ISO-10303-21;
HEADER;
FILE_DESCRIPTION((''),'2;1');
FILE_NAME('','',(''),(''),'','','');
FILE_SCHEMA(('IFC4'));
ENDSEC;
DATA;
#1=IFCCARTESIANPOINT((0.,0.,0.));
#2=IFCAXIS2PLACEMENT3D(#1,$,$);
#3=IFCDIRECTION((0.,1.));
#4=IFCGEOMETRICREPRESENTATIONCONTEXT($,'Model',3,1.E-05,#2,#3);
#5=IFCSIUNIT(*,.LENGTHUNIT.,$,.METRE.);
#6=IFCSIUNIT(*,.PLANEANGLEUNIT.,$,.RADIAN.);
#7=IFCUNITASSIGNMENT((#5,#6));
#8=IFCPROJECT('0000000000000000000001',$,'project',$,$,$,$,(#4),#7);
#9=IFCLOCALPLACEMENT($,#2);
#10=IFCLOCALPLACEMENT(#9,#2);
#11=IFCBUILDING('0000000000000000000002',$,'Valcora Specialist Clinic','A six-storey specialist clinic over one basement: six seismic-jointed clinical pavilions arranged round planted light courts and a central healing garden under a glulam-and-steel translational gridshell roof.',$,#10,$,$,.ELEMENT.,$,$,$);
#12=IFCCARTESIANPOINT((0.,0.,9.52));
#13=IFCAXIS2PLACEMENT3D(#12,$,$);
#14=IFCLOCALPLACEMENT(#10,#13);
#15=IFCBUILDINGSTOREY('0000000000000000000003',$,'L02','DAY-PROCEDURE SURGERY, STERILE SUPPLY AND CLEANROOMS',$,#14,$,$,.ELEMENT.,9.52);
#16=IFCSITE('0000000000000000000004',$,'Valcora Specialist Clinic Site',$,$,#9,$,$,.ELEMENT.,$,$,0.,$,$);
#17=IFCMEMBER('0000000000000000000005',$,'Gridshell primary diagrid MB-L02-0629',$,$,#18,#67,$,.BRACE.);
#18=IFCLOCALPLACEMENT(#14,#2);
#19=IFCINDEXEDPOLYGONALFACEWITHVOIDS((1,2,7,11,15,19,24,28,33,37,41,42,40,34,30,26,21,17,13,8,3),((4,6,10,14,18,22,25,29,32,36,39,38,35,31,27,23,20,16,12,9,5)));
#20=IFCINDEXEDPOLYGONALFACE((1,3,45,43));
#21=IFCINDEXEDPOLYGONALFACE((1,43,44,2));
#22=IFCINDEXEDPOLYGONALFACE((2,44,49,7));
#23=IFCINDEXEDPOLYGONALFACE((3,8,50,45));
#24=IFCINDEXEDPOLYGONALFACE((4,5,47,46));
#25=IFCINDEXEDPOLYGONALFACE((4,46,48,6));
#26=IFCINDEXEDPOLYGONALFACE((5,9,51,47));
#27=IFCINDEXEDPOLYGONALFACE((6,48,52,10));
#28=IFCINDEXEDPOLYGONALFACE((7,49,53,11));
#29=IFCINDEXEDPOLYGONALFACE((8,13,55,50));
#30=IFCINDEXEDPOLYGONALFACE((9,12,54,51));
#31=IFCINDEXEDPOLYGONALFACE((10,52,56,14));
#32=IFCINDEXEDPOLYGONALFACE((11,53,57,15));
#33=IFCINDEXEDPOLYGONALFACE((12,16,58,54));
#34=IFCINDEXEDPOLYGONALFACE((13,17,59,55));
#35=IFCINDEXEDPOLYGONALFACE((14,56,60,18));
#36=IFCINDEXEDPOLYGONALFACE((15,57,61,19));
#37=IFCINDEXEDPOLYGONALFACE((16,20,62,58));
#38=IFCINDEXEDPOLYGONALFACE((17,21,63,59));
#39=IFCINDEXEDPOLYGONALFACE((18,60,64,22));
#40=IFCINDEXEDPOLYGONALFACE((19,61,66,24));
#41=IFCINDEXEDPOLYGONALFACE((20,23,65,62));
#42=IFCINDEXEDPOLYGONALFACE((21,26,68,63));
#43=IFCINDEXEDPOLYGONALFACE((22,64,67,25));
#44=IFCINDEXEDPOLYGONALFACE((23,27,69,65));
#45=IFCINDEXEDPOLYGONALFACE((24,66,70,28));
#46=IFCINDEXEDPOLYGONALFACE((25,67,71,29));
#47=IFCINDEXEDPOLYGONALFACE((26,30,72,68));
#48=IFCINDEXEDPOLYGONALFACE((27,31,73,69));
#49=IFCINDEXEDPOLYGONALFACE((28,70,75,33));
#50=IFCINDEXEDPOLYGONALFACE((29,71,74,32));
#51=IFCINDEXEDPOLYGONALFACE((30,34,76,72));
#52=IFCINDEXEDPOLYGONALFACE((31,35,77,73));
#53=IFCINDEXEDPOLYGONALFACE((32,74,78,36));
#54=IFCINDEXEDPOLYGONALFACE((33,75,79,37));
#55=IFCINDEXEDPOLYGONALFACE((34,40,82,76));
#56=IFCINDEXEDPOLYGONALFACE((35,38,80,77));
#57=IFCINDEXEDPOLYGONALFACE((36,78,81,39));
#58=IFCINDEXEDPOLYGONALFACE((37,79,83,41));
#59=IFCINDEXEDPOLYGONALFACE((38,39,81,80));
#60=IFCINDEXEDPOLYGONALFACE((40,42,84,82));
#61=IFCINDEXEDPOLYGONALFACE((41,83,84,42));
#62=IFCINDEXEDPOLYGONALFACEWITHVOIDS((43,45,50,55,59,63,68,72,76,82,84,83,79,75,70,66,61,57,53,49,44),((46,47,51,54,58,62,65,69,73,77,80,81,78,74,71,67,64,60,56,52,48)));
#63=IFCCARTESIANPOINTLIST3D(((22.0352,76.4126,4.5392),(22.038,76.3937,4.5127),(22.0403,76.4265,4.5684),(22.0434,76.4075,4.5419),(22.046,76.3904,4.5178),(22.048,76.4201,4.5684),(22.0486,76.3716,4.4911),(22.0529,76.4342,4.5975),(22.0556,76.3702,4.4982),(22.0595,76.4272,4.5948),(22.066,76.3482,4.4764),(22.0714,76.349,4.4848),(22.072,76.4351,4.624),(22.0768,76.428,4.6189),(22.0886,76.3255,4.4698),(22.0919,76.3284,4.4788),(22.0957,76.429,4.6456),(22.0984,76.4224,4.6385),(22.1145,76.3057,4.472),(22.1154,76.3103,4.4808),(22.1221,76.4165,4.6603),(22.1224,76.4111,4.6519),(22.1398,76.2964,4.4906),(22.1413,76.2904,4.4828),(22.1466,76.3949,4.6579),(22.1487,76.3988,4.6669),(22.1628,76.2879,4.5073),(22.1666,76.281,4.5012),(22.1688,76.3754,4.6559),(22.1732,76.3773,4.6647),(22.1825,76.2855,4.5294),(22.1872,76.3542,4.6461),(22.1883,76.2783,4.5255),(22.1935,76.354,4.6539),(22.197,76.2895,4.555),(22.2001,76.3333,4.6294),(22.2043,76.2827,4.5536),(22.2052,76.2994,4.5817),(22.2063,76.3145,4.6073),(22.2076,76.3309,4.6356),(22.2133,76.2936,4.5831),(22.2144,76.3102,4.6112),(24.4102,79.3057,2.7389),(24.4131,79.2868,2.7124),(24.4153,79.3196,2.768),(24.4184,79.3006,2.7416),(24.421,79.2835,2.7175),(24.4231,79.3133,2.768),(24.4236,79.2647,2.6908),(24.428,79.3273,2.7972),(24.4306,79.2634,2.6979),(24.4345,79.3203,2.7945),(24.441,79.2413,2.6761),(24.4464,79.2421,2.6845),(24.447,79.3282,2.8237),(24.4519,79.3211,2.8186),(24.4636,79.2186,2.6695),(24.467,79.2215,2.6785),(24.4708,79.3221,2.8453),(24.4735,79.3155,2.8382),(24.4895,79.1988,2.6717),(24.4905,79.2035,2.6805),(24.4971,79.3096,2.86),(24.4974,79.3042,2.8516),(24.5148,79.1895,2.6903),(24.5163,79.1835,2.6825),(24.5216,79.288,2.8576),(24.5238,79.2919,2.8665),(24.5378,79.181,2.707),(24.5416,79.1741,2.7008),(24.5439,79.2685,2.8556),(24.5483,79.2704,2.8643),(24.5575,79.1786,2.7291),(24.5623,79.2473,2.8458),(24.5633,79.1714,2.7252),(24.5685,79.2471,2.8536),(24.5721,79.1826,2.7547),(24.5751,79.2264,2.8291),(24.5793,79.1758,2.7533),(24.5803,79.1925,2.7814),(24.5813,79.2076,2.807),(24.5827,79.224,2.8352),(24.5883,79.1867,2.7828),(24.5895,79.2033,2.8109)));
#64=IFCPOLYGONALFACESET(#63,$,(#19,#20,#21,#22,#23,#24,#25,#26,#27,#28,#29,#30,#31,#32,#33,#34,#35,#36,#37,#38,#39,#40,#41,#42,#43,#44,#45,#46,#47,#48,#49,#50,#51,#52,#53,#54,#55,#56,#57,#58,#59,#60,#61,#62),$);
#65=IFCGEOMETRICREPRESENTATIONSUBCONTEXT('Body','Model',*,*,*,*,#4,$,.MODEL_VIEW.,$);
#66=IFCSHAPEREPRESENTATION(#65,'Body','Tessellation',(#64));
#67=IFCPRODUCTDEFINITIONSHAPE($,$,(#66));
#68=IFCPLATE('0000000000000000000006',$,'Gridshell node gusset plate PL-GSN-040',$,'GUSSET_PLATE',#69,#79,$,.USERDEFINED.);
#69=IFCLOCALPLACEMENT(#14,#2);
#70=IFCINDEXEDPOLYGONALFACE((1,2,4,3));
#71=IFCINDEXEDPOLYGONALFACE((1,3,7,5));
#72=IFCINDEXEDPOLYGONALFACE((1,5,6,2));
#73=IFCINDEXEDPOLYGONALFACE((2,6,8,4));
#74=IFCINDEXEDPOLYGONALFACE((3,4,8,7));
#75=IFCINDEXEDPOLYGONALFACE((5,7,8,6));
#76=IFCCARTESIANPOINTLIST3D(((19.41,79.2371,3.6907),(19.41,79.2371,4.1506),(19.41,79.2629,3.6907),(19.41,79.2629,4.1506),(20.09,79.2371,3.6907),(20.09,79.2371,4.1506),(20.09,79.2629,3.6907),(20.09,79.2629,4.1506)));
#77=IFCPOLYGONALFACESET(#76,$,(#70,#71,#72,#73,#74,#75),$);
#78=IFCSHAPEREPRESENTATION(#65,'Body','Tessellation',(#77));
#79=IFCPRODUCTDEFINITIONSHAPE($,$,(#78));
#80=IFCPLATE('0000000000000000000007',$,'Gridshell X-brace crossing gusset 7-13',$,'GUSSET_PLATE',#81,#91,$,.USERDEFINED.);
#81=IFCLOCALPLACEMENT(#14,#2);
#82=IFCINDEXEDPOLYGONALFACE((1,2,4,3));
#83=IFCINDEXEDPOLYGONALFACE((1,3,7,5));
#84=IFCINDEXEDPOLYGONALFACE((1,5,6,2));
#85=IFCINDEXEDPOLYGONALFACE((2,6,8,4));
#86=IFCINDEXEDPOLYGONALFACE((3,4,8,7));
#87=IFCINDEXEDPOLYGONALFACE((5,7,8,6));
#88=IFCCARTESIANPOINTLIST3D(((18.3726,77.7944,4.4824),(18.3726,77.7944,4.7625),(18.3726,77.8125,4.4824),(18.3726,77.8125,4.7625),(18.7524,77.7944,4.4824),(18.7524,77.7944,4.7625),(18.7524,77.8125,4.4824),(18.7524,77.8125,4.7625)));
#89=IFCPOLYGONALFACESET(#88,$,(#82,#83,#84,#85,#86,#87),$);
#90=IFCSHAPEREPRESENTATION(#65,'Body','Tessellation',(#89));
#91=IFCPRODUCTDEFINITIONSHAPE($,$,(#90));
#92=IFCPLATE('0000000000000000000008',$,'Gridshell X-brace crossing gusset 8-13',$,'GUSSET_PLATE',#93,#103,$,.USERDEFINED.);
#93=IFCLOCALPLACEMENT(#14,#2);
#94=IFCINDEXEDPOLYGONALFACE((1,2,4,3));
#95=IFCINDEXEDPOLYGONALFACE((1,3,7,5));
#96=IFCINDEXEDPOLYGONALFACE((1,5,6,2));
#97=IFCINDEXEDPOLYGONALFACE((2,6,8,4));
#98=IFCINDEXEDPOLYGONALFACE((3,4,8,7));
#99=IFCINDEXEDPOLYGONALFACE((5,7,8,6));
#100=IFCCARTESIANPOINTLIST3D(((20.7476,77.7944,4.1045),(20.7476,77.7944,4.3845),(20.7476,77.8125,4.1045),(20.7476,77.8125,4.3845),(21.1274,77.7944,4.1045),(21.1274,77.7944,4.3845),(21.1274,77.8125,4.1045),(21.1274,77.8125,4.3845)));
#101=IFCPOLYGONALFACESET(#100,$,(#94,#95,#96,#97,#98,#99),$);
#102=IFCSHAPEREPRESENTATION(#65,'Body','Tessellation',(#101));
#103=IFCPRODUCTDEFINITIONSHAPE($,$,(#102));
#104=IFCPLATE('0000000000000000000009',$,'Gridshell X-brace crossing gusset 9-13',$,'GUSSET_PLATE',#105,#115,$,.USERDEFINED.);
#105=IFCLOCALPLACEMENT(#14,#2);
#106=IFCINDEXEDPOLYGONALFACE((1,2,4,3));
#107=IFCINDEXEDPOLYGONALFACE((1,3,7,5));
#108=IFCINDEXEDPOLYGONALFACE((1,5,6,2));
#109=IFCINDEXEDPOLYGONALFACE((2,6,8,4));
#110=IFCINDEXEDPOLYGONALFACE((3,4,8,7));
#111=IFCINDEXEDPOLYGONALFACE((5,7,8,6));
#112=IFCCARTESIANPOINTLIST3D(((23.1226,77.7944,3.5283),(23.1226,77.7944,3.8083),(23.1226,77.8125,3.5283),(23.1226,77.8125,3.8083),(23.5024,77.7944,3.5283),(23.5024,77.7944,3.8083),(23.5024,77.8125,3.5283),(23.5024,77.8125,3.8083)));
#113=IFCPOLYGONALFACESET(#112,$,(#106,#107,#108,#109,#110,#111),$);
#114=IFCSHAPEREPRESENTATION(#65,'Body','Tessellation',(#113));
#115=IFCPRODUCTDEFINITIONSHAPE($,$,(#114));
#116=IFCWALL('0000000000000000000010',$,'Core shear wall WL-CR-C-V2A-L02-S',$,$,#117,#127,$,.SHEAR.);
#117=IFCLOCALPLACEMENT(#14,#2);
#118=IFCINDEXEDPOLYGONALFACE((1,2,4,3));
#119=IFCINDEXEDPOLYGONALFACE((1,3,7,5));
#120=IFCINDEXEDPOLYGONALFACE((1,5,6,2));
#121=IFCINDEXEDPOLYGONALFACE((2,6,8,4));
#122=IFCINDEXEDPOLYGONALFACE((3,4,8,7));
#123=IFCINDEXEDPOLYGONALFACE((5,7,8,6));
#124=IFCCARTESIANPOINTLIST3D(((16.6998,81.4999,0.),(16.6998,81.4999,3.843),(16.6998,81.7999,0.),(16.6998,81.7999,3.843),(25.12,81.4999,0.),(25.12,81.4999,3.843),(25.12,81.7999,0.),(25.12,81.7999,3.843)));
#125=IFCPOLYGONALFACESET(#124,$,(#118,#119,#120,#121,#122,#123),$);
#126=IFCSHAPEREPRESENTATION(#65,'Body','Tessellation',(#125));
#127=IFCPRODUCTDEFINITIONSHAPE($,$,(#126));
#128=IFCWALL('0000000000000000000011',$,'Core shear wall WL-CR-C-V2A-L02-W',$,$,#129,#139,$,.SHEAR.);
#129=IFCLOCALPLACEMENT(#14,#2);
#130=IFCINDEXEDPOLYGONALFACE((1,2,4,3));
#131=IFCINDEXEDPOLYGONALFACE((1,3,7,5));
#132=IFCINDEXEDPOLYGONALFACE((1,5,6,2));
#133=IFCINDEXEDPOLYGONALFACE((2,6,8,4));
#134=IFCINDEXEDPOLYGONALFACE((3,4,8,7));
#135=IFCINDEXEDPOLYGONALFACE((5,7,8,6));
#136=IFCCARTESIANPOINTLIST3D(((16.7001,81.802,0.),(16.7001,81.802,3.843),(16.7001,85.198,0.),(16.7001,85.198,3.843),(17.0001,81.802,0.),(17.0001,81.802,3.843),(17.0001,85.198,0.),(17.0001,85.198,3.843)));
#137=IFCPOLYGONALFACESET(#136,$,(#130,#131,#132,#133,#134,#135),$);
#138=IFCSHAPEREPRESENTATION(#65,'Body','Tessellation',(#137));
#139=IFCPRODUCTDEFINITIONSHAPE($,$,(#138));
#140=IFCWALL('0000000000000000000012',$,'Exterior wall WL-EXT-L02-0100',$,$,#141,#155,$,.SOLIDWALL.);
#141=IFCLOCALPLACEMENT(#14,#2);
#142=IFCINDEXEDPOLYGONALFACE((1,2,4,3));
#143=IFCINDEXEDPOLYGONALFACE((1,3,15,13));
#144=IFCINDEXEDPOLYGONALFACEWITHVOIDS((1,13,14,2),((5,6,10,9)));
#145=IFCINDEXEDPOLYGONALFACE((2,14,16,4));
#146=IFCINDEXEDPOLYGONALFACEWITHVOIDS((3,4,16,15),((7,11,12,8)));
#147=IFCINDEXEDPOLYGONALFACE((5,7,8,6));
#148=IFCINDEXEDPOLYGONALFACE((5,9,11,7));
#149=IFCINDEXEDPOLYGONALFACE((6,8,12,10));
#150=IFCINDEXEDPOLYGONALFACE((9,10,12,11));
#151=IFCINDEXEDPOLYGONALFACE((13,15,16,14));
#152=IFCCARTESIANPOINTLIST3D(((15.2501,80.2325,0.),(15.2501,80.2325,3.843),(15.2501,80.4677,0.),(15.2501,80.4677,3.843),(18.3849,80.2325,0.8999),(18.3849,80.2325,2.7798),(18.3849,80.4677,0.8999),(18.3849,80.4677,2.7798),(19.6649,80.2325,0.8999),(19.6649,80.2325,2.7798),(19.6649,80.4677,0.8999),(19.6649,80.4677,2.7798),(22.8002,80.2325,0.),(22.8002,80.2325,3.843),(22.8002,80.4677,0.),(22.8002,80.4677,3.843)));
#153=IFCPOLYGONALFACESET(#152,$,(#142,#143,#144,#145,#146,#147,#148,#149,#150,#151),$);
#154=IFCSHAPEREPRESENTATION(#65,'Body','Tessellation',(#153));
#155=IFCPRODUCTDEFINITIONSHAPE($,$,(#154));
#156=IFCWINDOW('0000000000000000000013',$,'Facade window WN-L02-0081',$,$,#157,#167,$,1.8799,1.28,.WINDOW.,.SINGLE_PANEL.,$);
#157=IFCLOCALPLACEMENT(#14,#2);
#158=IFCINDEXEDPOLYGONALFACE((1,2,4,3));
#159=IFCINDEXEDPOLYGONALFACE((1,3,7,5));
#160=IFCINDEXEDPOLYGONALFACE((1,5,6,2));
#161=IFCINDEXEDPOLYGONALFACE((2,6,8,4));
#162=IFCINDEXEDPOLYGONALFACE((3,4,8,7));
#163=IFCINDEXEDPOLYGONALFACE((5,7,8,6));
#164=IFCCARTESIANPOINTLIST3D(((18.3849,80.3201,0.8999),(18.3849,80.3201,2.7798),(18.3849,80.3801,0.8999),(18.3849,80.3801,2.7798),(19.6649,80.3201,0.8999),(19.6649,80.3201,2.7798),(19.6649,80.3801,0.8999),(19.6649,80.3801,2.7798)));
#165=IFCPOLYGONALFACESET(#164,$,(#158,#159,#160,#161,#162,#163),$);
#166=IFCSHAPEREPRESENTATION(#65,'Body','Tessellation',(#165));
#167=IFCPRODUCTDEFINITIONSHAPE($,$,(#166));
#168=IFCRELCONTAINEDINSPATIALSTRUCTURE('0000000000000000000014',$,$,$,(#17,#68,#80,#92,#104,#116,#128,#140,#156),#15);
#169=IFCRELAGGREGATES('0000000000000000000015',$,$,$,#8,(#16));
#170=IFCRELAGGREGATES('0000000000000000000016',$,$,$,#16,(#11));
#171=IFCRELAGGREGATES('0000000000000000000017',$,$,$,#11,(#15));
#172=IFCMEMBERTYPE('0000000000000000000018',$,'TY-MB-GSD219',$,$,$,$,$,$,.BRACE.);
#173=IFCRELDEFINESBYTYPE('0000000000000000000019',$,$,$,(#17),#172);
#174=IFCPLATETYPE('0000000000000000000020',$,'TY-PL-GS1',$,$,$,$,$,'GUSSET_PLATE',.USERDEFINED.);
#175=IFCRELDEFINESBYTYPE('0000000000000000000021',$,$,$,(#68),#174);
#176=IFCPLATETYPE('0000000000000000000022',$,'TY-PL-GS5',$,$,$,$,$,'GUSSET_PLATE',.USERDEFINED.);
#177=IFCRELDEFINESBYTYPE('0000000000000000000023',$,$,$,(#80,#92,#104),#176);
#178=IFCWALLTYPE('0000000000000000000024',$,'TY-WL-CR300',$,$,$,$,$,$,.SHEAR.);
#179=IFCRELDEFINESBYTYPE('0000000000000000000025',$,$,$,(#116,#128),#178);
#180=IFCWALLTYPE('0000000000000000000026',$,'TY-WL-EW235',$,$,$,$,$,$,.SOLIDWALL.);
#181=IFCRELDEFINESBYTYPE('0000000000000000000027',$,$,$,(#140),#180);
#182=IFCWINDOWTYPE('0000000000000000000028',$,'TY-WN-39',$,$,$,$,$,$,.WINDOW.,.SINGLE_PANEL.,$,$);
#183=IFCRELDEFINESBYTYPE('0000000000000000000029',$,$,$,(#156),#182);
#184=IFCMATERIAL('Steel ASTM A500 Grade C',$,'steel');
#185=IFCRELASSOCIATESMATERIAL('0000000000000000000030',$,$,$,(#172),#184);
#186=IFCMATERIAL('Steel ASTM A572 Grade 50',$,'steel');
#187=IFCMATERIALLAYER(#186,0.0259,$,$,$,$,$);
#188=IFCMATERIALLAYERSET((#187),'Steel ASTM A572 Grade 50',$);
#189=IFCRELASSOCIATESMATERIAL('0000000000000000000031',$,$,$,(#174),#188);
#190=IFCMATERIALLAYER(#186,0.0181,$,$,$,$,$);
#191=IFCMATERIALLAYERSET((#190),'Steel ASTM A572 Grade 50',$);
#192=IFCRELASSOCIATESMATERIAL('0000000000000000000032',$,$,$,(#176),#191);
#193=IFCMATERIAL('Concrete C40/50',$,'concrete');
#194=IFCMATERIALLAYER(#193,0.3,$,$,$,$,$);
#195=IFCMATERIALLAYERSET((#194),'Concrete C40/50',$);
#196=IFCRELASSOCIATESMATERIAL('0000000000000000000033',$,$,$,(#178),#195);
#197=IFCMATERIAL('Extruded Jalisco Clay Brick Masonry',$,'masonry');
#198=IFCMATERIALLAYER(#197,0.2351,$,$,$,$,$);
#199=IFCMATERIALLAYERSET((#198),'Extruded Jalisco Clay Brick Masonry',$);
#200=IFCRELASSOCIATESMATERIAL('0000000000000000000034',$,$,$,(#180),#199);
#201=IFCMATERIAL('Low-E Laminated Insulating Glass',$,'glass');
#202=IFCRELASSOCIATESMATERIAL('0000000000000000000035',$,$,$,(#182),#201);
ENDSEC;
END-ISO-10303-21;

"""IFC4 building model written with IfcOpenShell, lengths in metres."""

from ifc_helpers import new_model, si_unit, direction, frame, frame_2d, origin, origin_2d, place, context, subcontext, project, spatial, rectangle, hollow_circle, extrude, material, layer, layer_set, material_profile, profile_set, type_object, element, fill, save


model = new_model("IFC4")

# Units and contexts
model_context = context("Model", 3, precision=1e-05, world=origin(), true_north=direction((0.0, 1.0)))
body_context = subcontext(model_context, "Body", "Model", "MODEL_VIEW")
ifc_project = project(units=[si_unit("LENGTHUNIT", "METRE"), si_unit("PLANEANGLEUNIT", "RADIAN")], contexts=[model_context])

# Site, building, storey
site_placement = place(None, origin())
site = spatial("IfcSite", under=ifc_project, at=site_placement, Name="Valcora Specialist Clinic Site", CompositionType="ELEMENT", RefElevation=0.0)
building_placement = place(site_placement, origin())
building = spatial("IfcBuilding", under=site, at=building_placement, Name="Valcora Specialist Clinic", Description="A six-storey specialist clinic over one basement: six seismic-jointed clinical pavilions arranged round planted light courts and a central healing garden under a glulam-and-steel translational gridshell roof.", CompositionType="ELEMENT")
storey_placement = place(building_placement, frame((0.0, 0.0, 9.52)))
storey = spatial("IfcBuildingStorey", under=building, at=storey_placement, Name="L02", Description="DAY-PROCEDURE SURGERY, STERILE SUPPLY AND CLEANROOMS", CompositionType="ELEMENT", Elevation=9.52)

# Shared definitions
ifc_material_1 = material(Name="Concrete C40/50", Category="concrete")

# Member
ifc_material_2 = material(Name="Steel ASTM A500 Grade C", Category="steel")
ifc_material_profile_1 = material_profile(ifc_material_2, hollow_circle(Radius=0.1096, WallThickness=0.01, at=origin_2d()), Name="ST-CHS-219X10")
ifc_profile_set_1 = profile_set([ifc_material_profile_1], Name="Steel ASTM A500 Grade C")
member_type_1 = type_object("IfcMemberType", Name="TY-MB-GSD219", PredefinedType="BRACE", material=ifc_profile_set_1)
member_1_placement = place(storey_placement, frame((22.125, 76.3569, 4.5684), z_axis=(0.571808, 0.696538, -0.433441), x_axis=(-0.772916, 0.634508, 0.0)))
element("IfcMember", 1, at=member_1_placement, inside=storey, type_object=member_type_1, Name="Gridshell primary diagrid MB-L02-0629", PredefinedType="BRACE", context=body_context, shape_type="SweptSolid", body=[
    extrude(hollow_circle(Radius=0.1096, WallThickness=0.01, at=origin_2d()), origin(), (0.0, 0.0, 1.0), 4.1536),
])

# Plates
ifc_material_3 = material(Name="Steel ASTM A572 Grade 50", Category="steel")
ifc_layer_1 = layer(ifc_material_3, 0.0259)
ifc_layer_set_1 = layer_set([ifc_layer_1], Name="Steel ASTM A572 Grade 50")
plate_type_1 = type_object("IfcPlateType", Name="TY-PL-GS1", ElementType="GUSSET_PLATE", PredefinedType="USERDEFINED", material=ifc_layer_set_1)
plate_placement = place(storey_placement, frame((19.75, 79.25, 3.6907), z_axis=(0.0, 0.0, 1.0), x_axis=(1.0, 0.0, 0.0)))
element("IfcPlate", 2, at=plate_placement, inside=storey, type_object=plate_type_1, Name="Gridshell node gusset plate PL-GSN-040", ObjectType="GUSSET_PLATE", PredefinedType="USERDEFINED", context=body_context, shape_type="SweptSolid", body=[
    extrude(rectangle(XDim=0.6799, YDim=0.0259, at=origin_2d()), origin(), (0.0, 0.0, 1.0), 0.46),
])
ifc_layer_2 = layer(ifc_material_3, 0.0181)
ifc_layer_set_2 = layer_set([ifc_layer_2], Name="Steel ASTM A572 Grade 50")
plate_type_2 = type_object("IfcPlateType", Name="TY-PL-GS5", ElementType="GUSSET_PLATE", PredefinedType="USERDEFINED", material=ifc_layer_set_2)
for number, where, z_axis, x_axis, name in (
    (3, (18.5625, 77.8035, 4.4824), (0.0, 0.0, 1.0), (1.0, 0.0, 0.0), "Gridshell X-brace crossing gusset 7-13"),
    (4, (20.9375, 77.8035, 4.1045), (0.0, 0.0, 1.0), (1.0, 0.0, 0.0), "Gridshell X-brace crossing gusset 8-13"),
    (5, (23.3125, 77.8035, 3.5283), (0.0, 0.0, 1.0), (1.0, 0.0, 0.0), "Gridshell X-brace crossing gusset 9-13"),
):
    element("IfcPlate", number, at=place(storey_placement, frame(where, z_axis=z_axis, x_axis=x_axis)), inside=storey, type_object=plate_type_2, Name=name, ObjectType="GUSSET_PLATE", PredefinedType="USERDEFINED", context=body_context, shape_type="SweptSolid", body=[
        extrude(rectangle(XDim=0.3799, YDim=0.0181, at=origin_2d()), origin(), (0.0, 0.0, 1.0), 0.28),
    ])

# Walls
ifc_layer_3 = layer(ifc_material_1, 0.3)
ifc_layer_set_3 = layer_set([ifc_layer_3], Name="Concrete C40/50")
wall_type_1 = type_object("IfcWallType", Name="TY-WL-CR300", PredefinedType="SHEAR", material=ifc_layer_set_3)
wall_1_placement = place(storey_placement, frame((16.7, 81.6499, 0.0), z_axis=(0.0, 0.0, 1.0), x_axis=(1.0, 0.0, 0.0)))
element("IfcWall", 6, at=wall_1_placement, inside=storey, type_object=wall_type_1, Name="Core shear wall WL-CR-C-V2A-L02-S", PredefinedType="SHEAR", context=body_context, shape_type="SweptSolid", body=[
    extrude(rectangle(XDim=8.4202, YDim=0.3, at=frame_2d((4.21, 0.0))), origin(), (0.0, 0.0, 1.0), 3.843),
])
wall_2_placement = place(storey_placement, frame((16.8501, 81.802, 0.0), z_axis=(0.0, 0.0, 1.0), x_axis=(0.0, 1.0, 0.0)))
element("IfcWall", 7, at=wall_2_placement, inside=storey, type_object=wall_type_1, Name="Core shear wall WL-CR-C-V2A-L02-W", PredefinedType="SHEAR", context=body_context, shape_type="SweptSolid", body=[
    extrude(rectangle(XDim=3.396, YDim=0.3, at=frame_2d((1.698, 0.0))), origin(), (0.0, 0.0, 1.0), 3.843),
])

# Wall, opening, window
ifc_material_4 = material(Name="Extruded Jalisco Clay Brick Masonry", Category="masonry")
ifc_layer_4 = layer(ifc_material_4, 0.2351)
ifc_layer_set_4 = layer_set([ifc_layer_4], Name="Extruded Jalisco Clay Brick Masonry")
wall_type_2 = type_object("IfcWallType", Name="TY-WL-EW235", PredefinedType="SOLIDWALL", material=ifc_layer_set_4)
wall_3_placement = place(storey_placement, frame((22.8, 80.3501, 0.0), z_axis=(0.0, 0.0, 1.0), x_axis=(-1.0, 0.0, 0.0)))
wall_3 = element("IfcWall", 8, at=wall_3_placement, inside=storey, type_object=wall_type_2, Name="Exterior wall WL-EXT-L02-0100", PredefinedType="SOLIDWALL", context=body_context, shape_type="SweptSolid", body=[
    extrude(rectangle(XDim=7.55, YDim=0.2351, at=frame_2d((3.7749, 0.0))), origin(), (0.0, 0.0, 1.0), 3.843),
])
opening_placement = place(wall_3_placement, frame((3.135, 0.0, 0.8999)))
opening = element("IfcOpeningElement", 9, at=opening_placement, cuts=wall_3, PredefinedType="OPENING", context=body_context, shape_type="SweptSolid", body=[
    extrude(rectangle(XDim=1.28, YDim=1.8799, at=frame_2d((0.6401, 0.9399))), frame((0.0, 0.1274, 0.0), z_axis=(0.0, -1.0, 0.0), x_axis=(1.0, 0.0, 0.0)), (0.0, 0.0, 1.0), 0.2551),
])
ifc_material_5 = material(Name="Low-E Laminated Insulating Glass", Category="glass")
window_type = type_object("IfcWindowType", Name="TY-WN-39", PartitioningType="SINGLE_PANEL", PredefinedType="WINDOW", material=ifc_material_5)
window_placement = place(opening_placement, origin())
window = element("IfcWindow", 10, at=window_placement, inside=storey, type_object=window_type, Name="Facade window WN-L02-0081", OverallHeight=1.8799, OverallWidth=1.28, PartitioningType="SINGLE_PANEL", PredefinedType="WINDOW", context=body_context, shape_type="SweptSolid", body=[
    extrude(rectangle(XDim=1.28, YDim=1.8799, at=frame_2d((0.6401, 0.9399))), frame((0.0, 0.03, 0.0), z_axis=(0.0, -1.0, 0.0), x_axis=(1.0, 0.0, 0.0)), (0.0, 0.0, 1.0), 0.0601),
])
fill(opening, window)

save(model, "model.ifc")
